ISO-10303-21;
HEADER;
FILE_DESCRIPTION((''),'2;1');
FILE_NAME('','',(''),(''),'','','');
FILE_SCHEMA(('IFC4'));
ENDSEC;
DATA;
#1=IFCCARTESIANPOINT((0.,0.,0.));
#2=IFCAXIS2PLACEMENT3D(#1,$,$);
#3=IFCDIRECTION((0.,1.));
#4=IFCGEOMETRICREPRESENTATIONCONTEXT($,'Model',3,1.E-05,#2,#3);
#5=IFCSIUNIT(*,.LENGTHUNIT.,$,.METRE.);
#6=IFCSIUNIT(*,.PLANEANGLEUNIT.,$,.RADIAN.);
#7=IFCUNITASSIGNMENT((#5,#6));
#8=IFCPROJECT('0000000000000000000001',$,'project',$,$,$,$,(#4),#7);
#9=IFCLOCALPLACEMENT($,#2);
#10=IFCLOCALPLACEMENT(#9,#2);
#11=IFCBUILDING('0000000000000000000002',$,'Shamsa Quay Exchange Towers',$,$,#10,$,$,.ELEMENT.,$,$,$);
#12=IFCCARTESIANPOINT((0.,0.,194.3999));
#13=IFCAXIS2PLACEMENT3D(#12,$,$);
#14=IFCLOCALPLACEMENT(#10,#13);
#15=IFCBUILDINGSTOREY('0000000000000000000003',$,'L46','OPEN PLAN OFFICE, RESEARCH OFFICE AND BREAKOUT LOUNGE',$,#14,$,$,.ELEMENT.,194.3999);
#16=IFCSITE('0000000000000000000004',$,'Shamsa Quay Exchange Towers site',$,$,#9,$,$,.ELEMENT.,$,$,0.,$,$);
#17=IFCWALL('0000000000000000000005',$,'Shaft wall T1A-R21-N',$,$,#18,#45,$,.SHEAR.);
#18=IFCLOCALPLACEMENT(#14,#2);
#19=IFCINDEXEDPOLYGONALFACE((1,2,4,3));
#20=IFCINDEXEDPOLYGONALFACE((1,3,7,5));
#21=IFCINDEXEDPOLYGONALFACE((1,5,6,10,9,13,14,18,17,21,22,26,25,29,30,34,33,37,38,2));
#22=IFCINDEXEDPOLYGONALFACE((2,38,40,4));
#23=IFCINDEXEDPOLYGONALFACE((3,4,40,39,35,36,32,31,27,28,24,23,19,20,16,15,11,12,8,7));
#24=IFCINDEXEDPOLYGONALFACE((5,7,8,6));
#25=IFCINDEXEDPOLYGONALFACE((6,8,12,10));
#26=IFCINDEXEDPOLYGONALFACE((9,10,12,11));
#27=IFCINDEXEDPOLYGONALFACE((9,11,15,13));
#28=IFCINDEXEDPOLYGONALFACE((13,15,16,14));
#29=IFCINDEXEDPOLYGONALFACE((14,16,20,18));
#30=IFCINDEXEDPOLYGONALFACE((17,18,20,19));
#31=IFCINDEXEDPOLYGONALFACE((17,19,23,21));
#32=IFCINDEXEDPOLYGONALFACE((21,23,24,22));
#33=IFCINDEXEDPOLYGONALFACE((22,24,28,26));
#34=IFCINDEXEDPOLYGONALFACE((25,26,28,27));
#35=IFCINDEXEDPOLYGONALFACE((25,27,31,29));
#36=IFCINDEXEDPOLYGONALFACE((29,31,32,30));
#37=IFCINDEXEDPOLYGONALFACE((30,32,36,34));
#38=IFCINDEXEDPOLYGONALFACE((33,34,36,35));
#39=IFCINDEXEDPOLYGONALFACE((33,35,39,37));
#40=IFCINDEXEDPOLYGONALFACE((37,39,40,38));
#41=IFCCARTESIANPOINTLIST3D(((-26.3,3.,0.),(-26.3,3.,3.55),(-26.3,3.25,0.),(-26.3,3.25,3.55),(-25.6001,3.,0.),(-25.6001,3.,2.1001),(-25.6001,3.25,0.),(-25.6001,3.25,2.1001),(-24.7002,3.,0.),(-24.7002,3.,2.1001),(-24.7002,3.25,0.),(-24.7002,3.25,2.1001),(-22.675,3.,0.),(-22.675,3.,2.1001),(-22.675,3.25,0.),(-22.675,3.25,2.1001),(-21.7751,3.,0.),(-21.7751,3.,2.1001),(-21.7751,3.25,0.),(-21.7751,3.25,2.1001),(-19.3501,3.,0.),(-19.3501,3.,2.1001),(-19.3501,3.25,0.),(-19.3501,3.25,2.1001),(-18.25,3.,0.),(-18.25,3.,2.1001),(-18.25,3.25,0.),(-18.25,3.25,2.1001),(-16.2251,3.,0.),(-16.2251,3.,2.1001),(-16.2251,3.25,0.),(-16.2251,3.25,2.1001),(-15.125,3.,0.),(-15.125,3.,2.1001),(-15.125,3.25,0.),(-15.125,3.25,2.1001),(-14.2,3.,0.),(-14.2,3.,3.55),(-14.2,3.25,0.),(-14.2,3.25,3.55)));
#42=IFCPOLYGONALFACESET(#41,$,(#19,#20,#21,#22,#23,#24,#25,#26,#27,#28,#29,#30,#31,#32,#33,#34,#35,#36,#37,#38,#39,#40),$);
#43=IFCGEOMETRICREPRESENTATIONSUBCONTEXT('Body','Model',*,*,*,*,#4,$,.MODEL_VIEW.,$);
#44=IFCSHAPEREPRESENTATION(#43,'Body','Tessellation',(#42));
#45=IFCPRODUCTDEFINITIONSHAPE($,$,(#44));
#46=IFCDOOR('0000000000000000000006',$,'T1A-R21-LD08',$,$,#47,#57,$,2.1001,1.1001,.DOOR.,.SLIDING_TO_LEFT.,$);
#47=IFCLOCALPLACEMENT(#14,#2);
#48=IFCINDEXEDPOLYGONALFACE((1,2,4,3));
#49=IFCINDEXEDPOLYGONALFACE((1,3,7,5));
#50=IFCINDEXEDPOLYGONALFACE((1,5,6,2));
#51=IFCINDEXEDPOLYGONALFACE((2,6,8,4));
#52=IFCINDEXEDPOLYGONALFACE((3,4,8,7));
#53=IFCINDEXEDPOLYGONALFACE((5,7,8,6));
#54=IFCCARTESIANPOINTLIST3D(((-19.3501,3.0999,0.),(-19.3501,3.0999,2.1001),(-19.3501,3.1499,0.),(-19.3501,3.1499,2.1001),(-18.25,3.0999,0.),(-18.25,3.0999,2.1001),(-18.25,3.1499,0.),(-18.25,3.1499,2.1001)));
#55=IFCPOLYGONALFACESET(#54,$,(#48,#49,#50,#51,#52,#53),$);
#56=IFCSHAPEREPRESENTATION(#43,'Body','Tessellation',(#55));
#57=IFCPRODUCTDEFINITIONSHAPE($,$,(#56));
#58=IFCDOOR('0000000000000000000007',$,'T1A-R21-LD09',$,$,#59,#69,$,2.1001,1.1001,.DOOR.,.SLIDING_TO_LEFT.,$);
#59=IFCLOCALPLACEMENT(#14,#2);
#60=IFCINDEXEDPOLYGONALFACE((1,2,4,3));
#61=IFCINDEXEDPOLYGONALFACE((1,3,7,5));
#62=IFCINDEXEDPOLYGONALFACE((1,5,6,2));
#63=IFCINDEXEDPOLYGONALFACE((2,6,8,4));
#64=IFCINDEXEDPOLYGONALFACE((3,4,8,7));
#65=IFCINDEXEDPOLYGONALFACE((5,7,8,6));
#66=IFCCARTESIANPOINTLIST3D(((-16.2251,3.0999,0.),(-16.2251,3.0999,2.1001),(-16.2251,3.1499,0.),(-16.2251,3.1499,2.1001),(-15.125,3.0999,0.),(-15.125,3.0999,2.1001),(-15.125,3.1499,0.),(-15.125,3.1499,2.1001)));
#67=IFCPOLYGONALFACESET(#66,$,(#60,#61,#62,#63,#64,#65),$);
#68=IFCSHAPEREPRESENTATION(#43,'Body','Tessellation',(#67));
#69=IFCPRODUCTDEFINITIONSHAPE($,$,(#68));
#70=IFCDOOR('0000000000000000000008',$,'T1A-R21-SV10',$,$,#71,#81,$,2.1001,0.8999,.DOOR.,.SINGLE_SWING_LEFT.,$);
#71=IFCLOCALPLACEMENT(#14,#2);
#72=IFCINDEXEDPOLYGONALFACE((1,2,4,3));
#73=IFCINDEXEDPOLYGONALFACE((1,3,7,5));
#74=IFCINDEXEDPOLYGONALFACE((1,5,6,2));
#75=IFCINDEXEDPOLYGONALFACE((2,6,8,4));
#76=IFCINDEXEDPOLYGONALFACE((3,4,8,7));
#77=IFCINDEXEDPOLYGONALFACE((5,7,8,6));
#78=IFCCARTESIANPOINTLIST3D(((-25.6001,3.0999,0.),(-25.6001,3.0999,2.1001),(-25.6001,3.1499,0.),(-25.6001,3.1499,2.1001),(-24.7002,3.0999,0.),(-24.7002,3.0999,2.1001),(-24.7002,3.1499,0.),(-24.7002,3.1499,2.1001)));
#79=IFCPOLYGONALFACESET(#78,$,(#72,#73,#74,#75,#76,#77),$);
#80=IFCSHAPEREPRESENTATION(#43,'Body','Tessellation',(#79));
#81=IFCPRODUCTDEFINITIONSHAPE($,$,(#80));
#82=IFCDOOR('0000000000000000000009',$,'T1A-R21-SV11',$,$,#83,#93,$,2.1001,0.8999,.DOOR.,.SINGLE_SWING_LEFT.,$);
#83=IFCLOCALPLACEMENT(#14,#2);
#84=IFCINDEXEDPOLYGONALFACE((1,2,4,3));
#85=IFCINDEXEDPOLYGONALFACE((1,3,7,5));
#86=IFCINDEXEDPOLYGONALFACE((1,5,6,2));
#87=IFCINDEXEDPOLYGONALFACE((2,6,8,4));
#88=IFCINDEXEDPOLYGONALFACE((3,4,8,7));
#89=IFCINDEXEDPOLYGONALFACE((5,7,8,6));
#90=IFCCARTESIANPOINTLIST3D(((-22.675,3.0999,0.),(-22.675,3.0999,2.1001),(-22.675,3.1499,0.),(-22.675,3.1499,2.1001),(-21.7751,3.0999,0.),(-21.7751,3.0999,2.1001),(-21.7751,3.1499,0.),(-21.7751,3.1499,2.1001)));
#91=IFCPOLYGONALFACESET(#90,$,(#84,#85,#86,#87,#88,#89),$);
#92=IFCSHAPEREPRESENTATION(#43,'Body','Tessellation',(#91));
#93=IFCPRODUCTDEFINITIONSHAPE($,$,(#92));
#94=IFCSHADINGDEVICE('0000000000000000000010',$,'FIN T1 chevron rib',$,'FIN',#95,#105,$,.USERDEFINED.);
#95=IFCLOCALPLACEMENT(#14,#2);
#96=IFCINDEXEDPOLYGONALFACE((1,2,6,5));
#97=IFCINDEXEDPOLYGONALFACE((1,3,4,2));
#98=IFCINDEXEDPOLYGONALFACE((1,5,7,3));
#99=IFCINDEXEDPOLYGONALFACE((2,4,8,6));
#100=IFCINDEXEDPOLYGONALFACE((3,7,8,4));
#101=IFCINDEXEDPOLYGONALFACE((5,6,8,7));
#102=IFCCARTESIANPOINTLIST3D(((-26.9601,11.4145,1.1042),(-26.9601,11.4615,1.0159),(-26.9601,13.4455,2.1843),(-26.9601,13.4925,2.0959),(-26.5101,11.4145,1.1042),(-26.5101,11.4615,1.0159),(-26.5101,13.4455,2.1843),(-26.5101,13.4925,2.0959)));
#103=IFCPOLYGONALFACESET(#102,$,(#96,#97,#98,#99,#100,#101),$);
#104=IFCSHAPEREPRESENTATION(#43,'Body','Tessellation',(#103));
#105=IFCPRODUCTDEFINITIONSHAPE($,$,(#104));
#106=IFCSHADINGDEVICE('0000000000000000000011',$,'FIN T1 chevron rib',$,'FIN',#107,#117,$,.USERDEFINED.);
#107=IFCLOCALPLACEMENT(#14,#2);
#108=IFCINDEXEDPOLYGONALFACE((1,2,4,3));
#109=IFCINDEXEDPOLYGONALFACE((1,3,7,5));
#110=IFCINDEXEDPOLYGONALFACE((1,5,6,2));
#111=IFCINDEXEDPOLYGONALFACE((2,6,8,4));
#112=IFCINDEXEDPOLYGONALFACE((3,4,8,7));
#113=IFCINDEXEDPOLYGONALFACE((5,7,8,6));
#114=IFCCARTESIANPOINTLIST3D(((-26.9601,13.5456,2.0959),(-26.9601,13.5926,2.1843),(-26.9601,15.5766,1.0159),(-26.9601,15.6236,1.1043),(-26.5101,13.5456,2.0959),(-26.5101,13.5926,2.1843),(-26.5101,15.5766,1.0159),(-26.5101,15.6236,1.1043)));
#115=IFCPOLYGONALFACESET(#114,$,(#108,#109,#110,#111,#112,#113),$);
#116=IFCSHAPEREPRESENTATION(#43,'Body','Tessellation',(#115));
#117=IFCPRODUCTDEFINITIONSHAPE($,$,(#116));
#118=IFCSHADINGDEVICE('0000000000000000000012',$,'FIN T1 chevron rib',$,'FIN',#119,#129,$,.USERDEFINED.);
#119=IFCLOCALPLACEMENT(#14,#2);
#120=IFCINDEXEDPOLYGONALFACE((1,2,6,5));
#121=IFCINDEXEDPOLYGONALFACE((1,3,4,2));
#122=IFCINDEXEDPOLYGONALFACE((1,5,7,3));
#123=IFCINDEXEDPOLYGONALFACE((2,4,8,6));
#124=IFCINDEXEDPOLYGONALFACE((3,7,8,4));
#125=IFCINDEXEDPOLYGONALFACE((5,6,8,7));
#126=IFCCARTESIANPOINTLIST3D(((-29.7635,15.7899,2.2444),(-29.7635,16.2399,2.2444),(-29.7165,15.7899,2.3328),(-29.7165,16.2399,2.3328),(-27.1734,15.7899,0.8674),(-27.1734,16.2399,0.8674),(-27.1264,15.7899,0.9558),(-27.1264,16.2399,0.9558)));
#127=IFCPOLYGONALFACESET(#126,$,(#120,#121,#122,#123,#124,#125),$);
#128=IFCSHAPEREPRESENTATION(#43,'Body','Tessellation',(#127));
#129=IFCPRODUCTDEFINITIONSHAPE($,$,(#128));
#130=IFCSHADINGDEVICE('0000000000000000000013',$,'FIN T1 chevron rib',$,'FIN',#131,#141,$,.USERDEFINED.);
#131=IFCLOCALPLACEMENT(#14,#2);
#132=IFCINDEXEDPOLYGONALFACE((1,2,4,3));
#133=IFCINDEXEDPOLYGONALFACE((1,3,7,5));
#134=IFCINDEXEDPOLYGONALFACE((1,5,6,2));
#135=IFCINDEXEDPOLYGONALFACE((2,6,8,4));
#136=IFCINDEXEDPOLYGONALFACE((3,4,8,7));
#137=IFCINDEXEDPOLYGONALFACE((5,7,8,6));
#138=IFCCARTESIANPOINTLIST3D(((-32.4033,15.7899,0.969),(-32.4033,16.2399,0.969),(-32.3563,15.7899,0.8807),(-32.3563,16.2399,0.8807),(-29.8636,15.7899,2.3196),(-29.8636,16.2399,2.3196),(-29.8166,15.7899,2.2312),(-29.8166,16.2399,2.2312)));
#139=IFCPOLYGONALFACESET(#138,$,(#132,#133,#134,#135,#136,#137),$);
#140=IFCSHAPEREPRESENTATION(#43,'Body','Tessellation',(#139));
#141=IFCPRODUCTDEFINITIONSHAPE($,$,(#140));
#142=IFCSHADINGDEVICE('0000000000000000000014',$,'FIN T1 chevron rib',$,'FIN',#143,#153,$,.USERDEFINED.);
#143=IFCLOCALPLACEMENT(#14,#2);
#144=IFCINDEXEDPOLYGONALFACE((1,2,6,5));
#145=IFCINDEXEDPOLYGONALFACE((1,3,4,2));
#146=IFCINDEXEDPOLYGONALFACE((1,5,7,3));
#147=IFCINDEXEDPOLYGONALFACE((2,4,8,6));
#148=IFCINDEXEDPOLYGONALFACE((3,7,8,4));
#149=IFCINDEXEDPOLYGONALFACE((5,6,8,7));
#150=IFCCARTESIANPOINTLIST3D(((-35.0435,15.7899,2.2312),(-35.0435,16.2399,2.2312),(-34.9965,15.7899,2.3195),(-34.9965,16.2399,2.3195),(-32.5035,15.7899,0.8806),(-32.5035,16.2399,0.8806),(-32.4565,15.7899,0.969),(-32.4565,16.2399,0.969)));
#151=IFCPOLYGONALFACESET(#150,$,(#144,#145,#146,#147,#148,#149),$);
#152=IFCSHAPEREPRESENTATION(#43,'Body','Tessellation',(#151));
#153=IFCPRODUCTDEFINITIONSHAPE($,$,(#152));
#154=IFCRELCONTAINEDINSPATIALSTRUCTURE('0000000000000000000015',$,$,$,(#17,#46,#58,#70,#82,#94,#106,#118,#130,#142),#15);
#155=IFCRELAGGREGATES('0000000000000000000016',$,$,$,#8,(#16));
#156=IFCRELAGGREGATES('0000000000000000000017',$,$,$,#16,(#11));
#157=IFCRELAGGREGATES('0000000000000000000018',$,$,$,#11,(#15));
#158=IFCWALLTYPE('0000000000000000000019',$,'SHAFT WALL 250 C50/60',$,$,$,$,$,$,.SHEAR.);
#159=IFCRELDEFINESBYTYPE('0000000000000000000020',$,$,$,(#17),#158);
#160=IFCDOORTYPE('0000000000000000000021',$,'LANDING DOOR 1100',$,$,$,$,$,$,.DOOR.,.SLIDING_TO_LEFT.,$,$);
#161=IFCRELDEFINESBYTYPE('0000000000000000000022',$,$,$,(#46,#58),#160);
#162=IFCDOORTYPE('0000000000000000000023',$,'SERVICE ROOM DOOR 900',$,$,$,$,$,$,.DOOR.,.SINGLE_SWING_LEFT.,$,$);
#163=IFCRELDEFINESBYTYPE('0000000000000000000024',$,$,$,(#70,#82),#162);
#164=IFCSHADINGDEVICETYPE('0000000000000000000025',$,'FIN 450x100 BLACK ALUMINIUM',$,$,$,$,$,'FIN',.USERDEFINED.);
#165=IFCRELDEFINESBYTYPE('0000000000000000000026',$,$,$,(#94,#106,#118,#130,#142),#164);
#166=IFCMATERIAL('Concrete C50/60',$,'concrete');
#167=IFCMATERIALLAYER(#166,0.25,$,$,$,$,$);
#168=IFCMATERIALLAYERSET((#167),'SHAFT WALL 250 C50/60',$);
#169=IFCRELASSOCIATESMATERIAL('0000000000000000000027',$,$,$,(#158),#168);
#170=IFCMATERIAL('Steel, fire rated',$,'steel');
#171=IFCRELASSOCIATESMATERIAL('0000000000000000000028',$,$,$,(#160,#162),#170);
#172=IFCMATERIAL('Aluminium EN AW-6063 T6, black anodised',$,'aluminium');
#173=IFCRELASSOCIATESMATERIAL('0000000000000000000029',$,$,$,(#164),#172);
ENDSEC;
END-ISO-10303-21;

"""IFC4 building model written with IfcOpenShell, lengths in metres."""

from ifc_helpers import new_model, si_unit, direction, frame, frame_2d, origin, origin_2d, place, context, subcontext, project, spatial, rectangle, extrude, material, layer, layer_set, material_profile, profile_set, type_object, element, fill, save


model = new_model("IFC4")

# Units and contexts
model_context = context("Model", 3, precision=1e-05, world=origin(), true_north=direction((0.0, 1.0)))
body_context = subcontext(model_context, "Body", "Model", "MODEL_VIEW")
ifc_project = project(units=[si_unit("LENGTHUNIT", "METRE"), si_unit("PLANEANGLEUNIT", "RADIAN")], contexts=[model_context])

# Site, building, storey
site_placement = place(None, origin())
site = spatial("IfcSite", under=ifc_project, at=site_placement, Name="Shamsa Quay Exchange Towers site", CompositionType="ELEMENT", RefElevation=0.0)
building_placement = place(site_placement, origin())
building = spatial("IfcBuilding", under=site, at=building_placement, Name="Shamsa Quay Exchange Towers", CompositionType="ELEMENT")
storey_placement = place(building_placement, frame((0.0, 0.0, 194.3999)))
storey = spatial("IfcBuildingStorey", under=building, at=storey_placement, Name="L46", Description="OPEN PLAN OFFICE, RESEARCH OFFICE AND BREAKOUT LOUNGE", CompositionType="ELEMENT", Elevation=194.3999)

# Shared definitions
ifc_material_1 = material(Name="Aluminium EN AW-6063 T6, black anodised", Category="aluminium")

# Shared definitions
ifc_material_2 = material(Name="Steel, fire rated", Category="steel")

# Wall, openings, doors
ifc_material_3 = material(Name="Concrete C50/60", Category="concrete")
ifc_layer_1 = layer(ifc_material_3, 0.25)
ifc_layer_set_1 = layer_set([ifc_layer_1], Name="SHAFT WALL 250 C50/60")
wall_type_1 = type_object("IfcWallType", Name="SHAFT WALL 250 C50/60", PredefinedType="SHEAR", material=ifc_layer_set_1)
wall_1_placement = place(storey_placement, frame((-26.3, 3.125, 0.0)))
wall_1 = element("IfcWall", 1, at=wall_1_placement, inside=storey, type_object=wall_type_1, Name="Shaft wall T1A-R21-N", PredefinedType="SHEAR", context=body_context, shape_type="SweptSolid", body=[
    extrude(rectangle(XDim=12.1001, YDim=0.25, at=frame_2d((6.05, 0.0))), origin(), (0.0, 0.0, 1.0), 3.55),
])
opening_1_placement = place(wall_1_placement, frame((6.95, 0.0, 0.0)))
opening_1 = element("IfcOpeningElement", 2, at=opening_1_placement, cuts=wall_1, PredefinedType="OPENING", context=body_context, shape_type="SweptSolid", body=[
    extrude(rectangle(XDim=1.1001, YDim=2.1001, at=frame_2d((0.55, 1.05))), frame((0.0, 0.135, 0.0), z_axis=(0.0, -1.0, 0.0), x_axis=(1.0, 0.0, 0.0)), (0.0, 0.0, 1.0), 0.27),
])
opening_2_placement = place(wall_1_placement, frame((10.075, 0.0, 0.0)))
opening_2 = element("IfcOpeningElement", 3, at=opening_2_placement, cuts=wall_1, PredefinedType="OPENING", context=body_context, shape_type="SweptSolid", body=[
    extrude(rectangle(XDim=1.1001, YDim=2.1001, at=frame_2d((0.55, 1.05))), frame((0.0, 0.135, 0.0), z_axis=(0.0, -1.0, 0.0), x_axis=(1.0, 0.0, 0.0)), (0.0, 0.0, 1.0), 0.27),
])
opening_3_placement = place(wall_1_placement, frame((0.7, 0.0, 0.0)))
opening_3 = element("IfcOpeningElement", 4, at=opening_3_placement, cuts=wall_1, PredefinedType="OPENING", context=body_context, shape_type="SweptSolid", body=[
    extrude(rectangle(XDim=0.8999, YDim=2.1001, at=frame_2d((0.45, 1.05))), frame((0.0, 0.135, 0.0), z_axis=(0.0, -1.0, 0.0), x_axis=(1.0, 0.0, 0.0)), (0.0, 0.0, 1.0), 0.27),
])
opening_4_placement = place(wall_1_placement, frame((3.625, 0.0, 0.0)))
opening_4 = element("IfcOpeningElement", 5, at=opening_4_placement, cuts=wall_1, PredefinedType="OPENING", context=body_context, shape_type="SweptSolid", body=[
    extrude(rectangle(XDim=0.8999, YDim=2.1001, at=frame_2d((0.45, 1.05))), frame((0.0, 0.135, 0.0), z_axis=(0.0, -1.0, 0.0), x_axis=(1.0, 0.0, 0.0)), (0.0, 0.0, 1.0), 0.27),
])
door_type_1 = type_object("IfcDoorType", Name="LANDING DOOR 1100", OperationType="SLIDING_TO_LEFT", PredefinedType="DOOR", material=ifc_material_2)
door_1_placement = place(opening_1_placement, origin())
door_1 = element("IfcDoor", 6, at=door_1_placement, inside=storey, type_object=door_type_1, Name="T1A-R21-LD08", OperationType="SLIDING_TO_LEFT", OverallHeight=2.1001, OverallWidth=1.1001, PredefinedType="DOOR", context=body_context, shape_type="SweptSolid", body=[
    extrude(rectangle(XDim=1.1001, YDim=2.1001, at=frame_2d((0.55, 1.05))), frame((0.0, 0.0249, 0.0), z_axis=(0.0, -1.0, 0.0), x_axis=(1.0, 0.0, 0.0)), (0.0, 0.0, 1.0), 0.05),
])
fill(opening_1, door_1)
door_2_placement = place(opening_2_placement, origin())
door_2 = element("IfcDoor", 7, at=door_2_placement, inside=storey, type_object=door_type_1, Name="T1A-R21-LD09", OperationType="SLIDING_TO_LEFT", OverallHeight=2.1001, OverallWidth=1.1001, PredefinedType="DOOR", context=body_context, shape_type="SweptSolid", body=[
    extrude(rectangle(XDim=1.1001, YDim=2.1001, at=frame_2d((0.55, 1.05))), frame((0.0, 0.0249, 0.0), z_axis=(0.0, -1.0, 0.0), x_axis=(1.0, 0.0, 0.0)), (0.0, 0.0, 1.0), 0.05),
])
fill(opening_2, door_2)
door_type_2 = type_object("IfcDoorType", Name="SERVICE ROOM DOOR 900", OperationType="SINGLE_SWING_LEFT", PredefinedType="DOOR", material=ifc_material_2)
door_3_placement = place(opening_3_placement, origin())
door_3 = element("IfcDoor", 8, at=door_3_placement, inside=storey, type_object=door_type_2, Name="T1A-R21-SV10", OperationType="SINGLE_SWING_LEFT", OverallHeight=2.1001, OverallWidth=0.8999, PredefinedType="DOOR", context=body_context, shape_type="SweptSolid", body=[
    extrude(rectangle(XDim=0.8999, YDim=2.1001, at=frame_2d((0.45, 1.05))), frame((0.0, 0.0249, 0.0), z_axis=(0.0, -1.0, 0.0), x_axis=(1.0, 0.0, 0.0)), (0.0, 0.0, 1.0), 0.05),
])
fill(opening_3, door_3)
door_4_placement = place(opening_4_placement, origin())
door_4 = element("IfcDoor", 9, at=door_4_placement, inside=storey, type_object=door_type_2, Name="T1A-R21-SV11", OperationType="SINGLE_SWING_LEFT", OverallHeight=2.1001, OverallWidth=0.8999, PredefinedType="DOOR", context=body_context, shape_type="SweptSolid", body=[
    extrude(rectangle(XDim=0.8999, YDim=2.1001, at=frame_2d((0.45, 1.05))), frame((0.0, 0.0249, 0.0), z_axis=(0.0, -1.0, 0.0), x_axis=(1.0, 0.0, 0.0)), (0.0, 0.0, 1.0), 0.05),
])
fill(opening_4, door_4)

# Shading devices
ifc_material_profile_1 = material_profile(ifc_material_1, rectangle(XDim=0.45, YDim=0.1001, at=origin_2d()), Name="FIN450x100")
ifc_profile_set_1 = profile_set([ifc_material_profile_1], Name="Aluminium EN AW-6063 T6, black anodised")
shading_device_type = type_object("IfcShadingDeviceType", Name="FIN 450x100 BLACK ALUMINIUM", ElementType="FIN", PredefinedType="USERDEFINED", material=ifc_profile_set_1)
for number, where, z_axis, x_axis, name in (
    (10, (-26.7351, 11.438, 1.0601), (0.0, 0.882916, 0.46953), (-1.0, 0.0, 0.0), "FIN T1 chevron rib"),
    (11, (-26.7351, 13.5691, 2.1401), (0.0, 0.882916, -0.46953), (-1.0, 0.0, 0.0), "FIN T1 chevron rib"),
):
    element("IfcShadingDevice", number, at=place(storey_placement, frame(where, z_axis=z_axis, x_axis=x_axis)), inside=storey, type_object=shading_device_type, Name=name, ObjectType="FIN", PredefinedType="USERDEFINED", context=body_context, shape_type="SweptSolid", body=[
        extrude(rectangle(XDim=0.45, YDim=0.1001, at=origin_2d()), origin(), (0.0, 0.0, 1.0), 2.3003),
    ])
shading_device_1_placement = place(storey_placement, frame((-27.1499, 16.0149, 0.9116), z_axis=(-0.882979, 0.0, 0.469413), x_axis=(0.0, -1.0, 0.0)))
element("IfcShadingDevice", 12, at=shading_device_1_placement, inside=storey, type_object=shading_device_type, Name="FIN T1 chevron rib", ObjectType="FIN", PredefinedType="USERDEFINED", context=body_context, shape_type="SweptSolid", body=[
    extrude(rectangle(XDim=0.45, YDim=0.1001, at=origin_2d()), origin(), (0.0, 0.0, 1.0), 2.9333),
])
shading_device_2_placement = place(storey_placement, frame((-29.8401, 16.0149, 2.2754), z_axis=(-0.882926, 0.0, -0.469513), x_axis=(0.0, -1.0, 0.0)))
element("IfcShadingDevice", 13, at=shading_device_2_placement, inside=storey, type_object=shading_device_type, Name="FIN T1 chevron rib", ObjectType="FIN", PredefinedType="USERDEFINED", context=body_context, shape_type="SweptSolid", body=[
    extrude(rectangle(XDim=0.45, YDim=0.1001, at=origin_2d()), origin(), (0.0, 0.0, 1.0), 2.8765),
])
shading_device_3_placement = place(storey_placement, frame((-32.48, 16.0149, 0.9248), z_axis=(-0.882944, 0.0, 0.469478), x_axis=(0.0, -1.0, 0.0)))
element("IfcShadingDevice", 14, at=shading_device_3_placement, inside=storey, type_object=shading_device_type, Name="FIN T1 chevron rib", ObjectType="FIN", PredefinedType="USERDEFINED", context=body_context, shape_type="SweptSolid", body=[
    extrude(rectangle(XDim=0.45, YDim=0.1001, at=origin_2d()), origin(), (0.0, 0.0, 1.0), 2.8767),
])

save(model, "model.ifc")
